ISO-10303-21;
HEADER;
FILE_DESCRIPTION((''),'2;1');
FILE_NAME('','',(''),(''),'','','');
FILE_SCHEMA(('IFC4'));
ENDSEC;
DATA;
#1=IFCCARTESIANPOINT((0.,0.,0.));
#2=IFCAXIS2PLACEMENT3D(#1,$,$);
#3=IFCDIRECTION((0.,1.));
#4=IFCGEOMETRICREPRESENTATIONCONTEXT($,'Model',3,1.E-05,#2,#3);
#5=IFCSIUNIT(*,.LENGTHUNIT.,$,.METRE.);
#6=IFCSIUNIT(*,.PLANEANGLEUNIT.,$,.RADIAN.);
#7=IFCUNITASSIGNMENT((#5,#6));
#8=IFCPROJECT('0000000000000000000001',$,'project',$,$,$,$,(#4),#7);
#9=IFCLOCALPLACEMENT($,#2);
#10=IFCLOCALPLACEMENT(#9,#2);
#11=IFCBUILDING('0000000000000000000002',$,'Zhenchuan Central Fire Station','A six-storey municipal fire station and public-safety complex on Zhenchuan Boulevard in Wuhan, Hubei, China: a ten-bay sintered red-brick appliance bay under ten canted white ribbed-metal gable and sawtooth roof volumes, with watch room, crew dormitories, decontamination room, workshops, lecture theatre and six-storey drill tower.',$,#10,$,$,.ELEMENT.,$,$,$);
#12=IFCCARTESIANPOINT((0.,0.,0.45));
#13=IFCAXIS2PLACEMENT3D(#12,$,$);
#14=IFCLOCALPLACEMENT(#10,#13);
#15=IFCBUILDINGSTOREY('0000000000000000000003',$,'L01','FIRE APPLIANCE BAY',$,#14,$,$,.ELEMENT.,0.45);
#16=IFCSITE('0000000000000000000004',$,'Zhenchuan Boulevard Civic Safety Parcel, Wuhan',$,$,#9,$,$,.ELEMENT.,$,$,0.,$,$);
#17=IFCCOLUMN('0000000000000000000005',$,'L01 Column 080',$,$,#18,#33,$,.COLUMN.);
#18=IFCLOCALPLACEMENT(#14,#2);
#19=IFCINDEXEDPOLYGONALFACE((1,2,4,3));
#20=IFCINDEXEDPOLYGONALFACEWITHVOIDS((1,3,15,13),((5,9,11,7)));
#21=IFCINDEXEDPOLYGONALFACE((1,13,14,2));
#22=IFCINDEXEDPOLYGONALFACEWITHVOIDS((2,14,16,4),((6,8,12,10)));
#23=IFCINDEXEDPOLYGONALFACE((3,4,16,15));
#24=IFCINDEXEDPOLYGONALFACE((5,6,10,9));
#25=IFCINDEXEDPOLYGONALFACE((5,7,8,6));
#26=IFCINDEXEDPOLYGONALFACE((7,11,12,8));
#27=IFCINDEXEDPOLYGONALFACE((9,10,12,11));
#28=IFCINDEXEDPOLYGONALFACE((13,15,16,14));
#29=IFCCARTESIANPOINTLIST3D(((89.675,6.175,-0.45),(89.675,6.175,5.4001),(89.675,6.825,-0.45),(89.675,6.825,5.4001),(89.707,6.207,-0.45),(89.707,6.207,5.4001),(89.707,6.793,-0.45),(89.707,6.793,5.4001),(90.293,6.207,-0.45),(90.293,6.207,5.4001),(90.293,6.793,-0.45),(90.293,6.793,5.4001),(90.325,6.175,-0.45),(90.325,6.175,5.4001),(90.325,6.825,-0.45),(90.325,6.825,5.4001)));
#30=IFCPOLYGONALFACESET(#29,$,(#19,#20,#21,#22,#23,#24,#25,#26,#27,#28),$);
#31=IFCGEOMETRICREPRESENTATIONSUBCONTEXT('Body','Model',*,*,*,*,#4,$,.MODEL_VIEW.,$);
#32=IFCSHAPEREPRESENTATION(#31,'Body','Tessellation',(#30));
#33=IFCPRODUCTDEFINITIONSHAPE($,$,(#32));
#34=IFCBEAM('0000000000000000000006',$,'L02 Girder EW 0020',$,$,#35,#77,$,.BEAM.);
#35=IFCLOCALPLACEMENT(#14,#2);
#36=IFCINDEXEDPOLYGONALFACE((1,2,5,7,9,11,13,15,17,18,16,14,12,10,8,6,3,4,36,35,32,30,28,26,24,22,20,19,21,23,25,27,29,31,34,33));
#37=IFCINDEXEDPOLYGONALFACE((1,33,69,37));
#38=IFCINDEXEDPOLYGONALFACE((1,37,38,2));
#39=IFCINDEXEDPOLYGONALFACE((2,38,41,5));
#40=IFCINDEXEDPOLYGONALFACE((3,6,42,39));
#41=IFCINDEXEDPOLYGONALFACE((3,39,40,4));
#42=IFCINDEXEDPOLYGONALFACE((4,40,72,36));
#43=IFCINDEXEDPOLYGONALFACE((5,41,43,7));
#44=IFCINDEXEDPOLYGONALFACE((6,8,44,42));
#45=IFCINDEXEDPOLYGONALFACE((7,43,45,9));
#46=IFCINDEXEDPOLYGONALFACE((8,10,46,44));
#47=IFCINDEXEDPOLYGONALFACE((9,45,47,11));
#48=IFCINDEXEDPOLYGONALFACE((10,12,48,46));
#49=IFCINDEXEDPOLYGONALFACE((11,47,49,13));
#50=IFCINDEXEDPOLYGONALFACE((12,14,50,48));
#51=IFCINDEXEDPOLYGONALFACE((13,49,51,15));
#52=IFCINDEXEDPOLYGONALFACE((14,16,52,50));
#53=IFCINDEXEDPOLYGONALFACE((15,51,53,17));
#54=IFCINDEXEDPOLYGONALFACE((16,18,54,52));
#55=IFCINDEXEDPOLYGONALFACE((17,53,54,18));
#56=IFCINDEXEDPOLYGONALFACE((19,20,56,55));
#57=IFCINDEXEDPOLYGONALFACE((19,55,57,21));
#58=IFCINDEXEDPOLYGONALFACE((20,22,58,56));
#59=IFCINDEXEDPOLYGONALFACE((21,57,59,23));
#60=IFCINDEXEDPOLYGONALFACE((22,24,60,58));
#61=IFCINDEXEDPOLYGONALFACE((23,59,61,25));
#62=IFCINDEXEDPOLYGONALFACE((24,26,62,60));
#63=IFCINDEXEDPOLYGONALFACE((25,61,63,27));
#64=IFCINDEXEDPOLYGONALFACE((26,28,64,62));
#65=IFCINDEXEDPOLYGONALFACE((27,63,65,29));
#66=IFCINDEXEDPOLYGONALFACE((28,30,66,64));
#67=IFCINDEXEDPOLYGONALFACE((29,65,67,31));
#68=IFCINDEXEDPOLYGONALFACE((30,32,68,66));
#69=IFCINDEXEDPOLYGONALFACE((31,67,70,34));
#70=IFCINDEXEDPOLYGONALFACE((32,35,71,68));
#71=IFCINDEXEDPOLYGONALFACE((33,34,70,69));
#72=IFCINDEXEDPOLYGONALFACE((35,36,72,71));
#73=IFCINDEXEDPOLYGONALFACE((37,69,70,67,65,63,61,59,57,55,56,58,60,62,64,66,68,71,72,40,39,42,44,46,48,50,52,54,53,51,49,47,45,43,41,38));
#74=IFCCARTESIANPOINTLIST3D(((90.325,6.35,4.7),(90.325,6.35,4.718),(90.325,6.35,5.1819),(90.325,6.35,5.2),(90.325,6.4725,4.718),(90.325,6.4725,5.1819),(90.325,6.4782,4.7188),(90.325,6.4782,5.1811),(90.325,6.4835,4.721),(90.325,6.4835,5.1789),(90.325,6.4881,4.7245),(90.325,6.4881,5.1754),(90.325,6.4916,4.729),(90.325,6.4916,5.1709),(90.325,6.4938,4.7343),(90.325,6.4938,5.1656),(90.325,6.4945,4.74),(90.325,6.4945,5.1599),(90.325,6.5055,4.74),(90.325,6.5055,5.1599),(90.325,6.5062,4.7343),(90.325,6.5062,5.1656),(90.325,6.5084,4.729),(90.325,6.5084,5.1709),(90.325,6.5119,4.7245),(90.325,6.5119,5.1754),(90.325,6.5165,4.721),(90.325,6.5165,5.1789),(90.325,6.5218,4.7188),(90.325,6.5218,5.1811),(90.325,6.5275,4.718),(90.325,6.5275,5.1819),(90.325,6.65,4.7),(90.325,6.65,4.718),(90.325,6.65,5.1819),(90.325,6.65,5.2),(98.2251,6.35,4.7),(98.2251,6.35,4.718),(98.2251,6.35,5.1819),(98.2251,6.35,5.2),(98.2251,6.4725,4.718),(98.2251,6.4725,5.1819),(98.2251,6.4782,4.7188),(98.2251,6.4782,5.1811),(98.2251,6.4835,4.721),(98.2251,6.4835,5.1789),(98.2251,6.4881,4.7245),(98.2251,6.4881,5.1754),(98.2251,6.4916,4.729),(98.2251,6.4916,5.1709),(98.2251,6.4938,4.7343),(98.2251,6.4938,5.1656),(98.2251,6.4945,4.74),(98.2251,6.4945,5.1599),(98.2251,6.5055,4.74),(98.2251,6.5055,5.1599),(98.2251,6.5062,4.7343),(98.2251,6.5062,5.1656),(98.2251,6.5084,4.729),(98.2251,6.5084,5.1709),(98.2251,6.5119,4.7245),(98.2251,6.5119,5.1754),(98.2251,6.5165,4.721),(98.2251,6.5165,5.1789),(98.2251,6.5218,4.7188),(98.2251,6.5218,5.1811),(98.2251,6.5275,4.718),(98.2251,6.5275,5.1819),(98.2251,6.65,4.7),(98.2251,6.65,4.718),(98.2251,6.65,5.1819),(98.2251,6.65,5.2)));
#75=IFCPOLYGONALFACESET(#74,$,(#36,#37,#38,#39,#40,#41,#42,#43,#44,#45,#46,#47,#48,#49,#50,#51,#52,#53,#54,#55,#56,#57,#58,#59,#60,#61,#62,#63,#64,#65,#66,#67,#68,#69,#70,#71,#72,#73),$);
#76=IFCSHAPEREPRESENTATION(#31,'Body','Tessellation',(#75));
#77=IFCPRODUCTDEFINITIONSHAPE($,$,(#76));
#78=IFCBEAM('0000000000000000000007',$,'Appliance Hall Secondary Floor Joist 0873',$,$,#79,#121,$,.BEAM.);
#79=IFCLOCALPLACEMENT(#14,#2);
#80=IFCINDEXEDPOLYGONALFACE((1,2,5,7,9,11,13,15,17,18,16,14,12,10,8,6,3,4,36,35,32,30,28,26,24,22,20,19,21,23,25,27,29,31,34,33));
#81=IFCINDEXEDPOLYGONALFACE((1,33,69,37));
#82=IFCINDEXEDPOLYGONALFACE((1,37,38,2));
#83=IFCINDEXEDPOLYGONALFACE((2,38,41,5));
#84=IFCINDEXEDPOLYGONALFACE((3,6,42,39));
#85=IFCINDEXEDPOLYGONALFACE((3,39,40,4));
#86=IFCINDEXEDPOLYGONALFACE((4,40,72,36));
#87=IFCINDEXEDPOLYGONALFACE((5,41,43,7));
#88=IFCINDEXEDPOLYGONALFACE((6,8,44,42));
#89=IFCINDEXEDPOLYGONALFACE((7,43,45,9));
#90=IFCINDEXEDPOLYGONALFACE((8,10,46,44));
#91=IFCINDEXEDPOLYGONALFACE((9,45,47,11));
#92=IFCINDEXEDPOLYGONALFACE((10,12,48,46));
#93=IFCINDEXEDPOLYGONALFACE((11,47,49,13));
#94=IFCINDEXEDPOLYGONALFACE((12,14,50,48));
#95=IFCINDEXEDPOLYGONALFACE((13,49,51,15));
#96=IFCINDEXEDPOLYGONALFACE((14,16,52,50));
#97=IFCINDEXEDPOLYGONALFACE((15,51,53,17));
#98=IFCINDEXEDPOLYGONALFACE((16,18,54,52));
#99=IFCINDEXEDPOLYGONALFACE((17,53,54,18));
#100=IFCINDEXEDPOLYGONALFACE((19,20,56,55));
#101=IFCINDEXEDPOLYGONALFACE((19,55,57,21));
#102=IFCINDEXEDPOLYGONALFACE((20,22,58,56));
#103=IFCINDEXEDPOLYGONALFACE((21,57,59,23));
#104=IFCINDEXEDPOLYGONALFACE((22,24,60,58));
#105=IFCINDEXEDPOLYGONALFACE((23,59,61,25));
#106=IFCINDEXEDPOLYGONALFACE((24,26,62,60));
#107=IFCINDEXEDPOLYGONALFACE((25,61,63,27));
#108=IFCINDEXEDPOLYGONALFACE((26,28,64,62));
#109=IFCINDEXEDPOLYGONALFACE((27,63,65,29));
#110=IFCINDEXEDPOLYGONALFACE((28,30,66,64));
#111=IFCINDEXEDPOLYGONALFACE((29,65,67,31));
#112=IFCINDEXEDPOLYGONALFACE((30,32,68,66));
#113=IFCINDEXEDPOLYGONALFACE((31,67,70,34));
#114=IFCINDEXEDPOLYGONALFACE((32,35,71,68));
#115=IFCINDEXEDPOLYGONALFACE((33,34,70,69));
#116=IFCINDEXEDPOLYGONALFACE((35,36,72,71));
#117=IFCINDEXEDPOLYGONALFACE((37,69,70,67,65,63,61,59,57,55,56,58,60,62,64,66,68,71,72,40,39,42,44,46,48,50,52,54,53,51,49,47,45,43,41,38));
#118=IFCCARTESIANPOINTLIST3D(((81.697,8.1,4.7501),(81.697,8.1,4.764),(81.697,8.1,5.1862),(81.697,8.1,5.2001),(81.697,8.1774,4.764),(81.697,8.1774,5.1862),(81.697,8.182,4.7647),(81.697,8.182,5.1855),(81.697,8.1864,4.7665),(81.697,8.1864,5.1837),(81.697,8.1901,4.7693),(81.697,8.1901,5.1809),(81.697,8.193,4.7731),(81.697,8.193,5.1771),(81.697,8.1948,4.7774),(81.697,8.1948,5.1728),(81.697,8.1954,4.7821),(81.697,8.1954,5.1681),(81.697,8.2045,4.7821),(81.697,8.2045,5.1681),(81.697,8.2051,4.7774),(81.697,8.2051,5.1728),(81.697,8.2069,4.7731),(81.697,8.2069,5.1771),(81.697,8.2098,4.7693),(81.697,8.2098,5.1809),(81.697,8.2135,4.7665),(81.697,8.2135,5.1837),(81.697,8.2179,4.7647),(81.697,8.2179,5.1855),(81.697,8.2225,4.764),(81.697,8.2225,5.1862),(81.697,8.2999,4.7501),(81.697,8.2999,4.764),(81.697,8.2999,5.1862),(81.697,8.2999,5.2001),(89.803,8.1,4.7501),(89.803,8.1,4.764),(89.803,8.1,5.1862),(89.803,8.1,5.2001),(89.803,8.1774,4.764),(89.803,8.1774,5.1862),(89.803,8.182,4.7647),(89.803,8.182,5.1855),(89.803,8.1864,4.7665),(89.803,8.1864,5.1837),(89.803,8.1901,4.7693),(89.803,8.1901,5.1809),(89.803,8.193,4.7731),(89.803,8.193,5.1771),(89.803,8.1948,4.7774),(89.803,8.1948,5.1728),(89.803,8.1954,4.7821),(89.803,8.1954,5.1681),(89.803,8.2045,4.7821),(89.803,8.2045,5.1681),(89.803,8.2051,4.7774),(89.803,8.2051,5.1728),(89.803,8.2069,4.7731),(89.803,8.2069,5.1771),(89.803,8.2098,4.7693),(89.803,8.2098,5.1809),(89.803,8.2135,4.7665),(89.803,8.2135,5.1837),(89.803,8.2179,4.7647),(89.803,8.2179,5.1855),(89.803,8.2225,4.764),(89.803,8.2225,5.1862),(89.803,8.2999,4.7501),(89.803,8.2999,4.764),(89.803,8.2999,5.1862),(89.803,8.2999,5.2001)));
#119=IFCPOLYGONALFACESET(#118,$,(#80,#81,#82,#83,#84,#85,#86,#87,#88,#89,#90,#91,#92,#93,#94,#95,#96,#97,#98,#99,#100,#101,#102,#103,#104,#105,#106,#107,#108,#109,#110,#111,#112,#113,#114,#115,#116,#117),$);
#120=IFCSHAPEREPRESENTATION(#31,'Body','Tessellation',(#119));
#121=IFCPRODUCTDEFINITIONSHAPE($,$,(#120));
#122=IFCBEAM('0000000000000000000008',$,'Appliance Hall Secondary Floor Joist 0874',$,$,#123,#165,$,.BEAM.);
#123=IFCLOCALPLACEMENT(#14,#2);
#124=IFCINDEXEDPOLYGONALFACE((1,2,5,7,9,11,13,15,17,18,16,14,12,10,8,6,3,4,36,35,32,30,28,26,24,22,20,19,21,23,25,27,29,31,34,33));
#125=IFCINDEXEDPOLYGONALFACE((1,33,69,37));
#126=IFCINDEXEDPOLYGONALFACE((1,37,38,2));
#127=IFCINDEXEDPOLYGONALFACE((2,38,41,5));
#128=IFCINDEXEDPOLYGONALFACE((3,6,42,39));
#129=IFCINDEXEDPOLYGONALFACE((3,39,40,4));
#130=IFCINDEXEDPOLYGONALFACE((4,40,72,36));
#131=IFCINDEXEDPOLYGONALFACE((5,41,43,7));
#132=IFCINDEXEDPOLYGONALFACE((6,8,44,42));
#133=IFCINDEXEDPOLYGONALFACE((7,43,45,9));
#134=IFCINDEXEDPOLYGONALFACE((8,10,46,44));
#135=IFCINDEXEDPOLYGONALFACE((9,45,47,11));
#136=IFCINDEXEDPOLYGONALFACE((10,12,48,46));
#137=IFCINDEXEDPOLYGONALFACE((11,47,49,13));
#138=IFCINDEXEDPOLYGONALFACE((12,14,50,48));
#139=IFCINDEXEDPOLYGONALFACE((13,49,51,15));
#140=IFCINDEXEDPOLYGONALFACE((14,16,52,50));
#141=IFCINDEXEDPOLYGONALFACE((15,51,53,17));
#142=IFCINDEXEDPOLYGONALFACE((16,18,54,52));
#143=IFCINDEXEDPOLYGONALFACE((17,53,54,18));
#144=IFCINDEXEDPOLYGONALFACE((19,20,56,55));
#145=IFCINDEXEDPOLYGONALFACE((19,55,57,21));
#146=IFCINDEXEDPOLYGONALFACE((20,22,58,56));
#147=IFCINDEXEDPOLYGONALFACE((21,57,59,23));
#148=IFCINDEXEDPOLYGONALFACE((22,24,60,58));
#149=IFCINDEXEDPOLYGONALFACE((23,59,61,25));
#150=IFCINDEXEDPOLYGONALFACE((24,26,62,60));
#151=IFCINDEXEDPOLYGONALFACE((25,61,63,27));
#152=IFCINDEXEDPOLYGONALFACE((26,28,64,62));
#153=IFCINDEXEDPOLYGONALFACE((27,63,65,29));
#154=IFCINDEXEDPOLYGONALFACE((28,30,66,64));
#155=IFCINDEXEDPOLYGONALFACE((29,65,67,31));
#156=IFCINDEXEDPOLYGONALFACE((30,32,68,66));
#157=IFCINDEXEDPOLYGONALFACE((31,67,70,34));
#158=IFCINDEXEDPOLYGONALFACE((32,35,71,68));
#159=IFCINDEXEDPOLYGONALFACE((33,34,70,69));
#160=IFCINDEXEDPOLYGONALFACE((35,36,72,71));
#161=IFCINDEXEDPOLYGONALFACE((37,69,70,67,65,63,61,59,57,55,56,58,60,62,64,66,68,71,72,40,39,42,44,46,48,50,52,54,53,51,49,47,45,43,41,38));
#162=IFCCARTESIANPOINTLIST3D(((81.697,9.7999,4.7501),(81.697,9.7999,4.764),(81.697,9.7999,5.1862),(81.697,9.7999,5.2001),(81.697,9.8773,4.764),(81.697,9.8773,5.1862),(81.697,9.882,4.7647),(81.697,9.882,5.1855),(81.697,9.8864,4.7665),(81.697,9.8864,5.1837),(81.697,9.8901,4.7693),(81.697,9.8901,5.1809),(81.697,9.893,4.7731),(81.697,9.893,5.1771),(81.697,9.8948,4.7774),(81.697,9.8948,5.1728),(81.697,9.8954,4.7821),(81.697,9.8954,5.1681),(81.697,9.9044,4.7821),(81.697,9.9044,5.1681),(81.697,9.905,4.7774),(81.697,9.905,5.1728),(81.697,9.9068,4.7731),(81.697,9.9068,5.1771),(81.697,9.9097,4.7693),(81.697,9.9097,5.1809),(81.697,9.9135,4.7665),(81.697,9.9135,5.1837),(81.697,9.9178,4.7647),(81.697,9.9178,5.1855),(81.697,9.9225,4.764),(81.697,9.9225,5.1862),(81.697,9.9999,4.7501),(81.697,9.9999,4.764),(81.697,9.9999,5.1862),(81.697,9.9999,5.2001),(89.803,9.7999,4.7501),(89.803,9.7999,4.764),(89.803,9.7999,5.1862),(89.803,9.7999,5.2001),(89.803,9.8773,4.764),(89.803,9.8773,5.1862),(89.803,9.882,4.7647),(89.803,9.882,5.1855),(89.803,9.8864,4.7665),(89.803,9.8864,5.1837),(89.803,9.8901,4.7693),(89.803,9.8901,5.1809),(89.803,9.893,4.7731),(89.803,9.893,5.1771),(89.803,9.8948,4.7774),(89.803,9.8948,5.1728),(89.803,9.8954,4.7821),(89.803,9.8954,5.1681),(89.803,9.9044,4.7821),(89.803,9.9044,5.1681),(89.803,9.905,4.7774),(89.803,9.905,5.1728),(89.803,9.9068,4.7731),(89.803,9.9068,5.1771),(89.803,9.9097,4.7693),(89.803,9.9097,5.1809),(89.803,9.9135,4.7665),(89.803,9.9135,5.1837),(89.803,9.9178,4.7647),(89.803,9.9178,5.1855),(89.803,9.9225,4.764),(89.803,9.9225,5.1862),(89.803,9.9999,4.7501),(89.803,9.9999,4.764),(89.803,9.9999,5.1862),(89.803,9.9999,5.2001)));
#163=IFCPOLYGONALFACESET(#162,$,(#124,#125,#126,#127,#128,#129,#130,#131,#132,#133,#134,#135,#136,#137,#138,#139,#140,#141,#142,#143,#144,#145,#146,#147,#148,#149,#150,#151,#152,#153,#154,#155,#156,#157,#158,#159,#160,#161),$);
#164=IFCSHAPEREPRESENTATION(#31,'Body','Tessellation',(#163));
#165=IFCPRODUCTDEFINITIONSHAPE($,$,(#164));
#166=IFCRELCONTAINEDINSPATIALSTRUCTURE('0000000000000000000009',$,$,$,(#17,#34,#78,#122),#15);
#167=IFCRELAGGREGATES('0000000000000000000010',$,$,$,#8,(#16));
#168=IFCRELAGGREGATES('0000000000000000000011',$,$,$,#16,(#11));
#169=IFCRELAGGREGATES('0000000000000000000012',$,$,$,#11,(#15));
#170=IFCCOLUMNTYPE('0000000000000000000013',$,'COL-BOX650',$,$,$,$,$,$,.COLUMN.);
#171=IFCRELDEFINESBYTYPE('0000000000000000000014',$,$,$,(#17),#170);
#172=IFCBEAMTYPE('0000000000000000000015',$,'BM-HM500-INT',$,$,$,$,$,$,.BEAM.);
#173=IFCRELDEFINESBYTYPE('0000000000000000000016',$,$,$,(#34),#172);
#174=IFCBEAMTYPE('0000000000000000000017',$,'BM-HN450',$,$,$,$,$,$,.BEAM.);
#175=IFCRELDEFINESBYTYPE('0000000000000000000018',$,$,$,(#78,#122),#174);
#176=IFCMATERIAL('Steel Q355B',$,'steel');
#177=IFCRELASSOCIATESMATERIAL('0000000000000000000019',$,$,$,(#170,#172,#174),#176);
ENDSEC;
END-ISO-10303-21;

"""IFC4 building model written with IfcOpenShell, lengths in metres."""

from ifc_helpers import new_model, si_unit, direction, frame, origin, origin_2d, place, context, subcontext, project, spatial, hollow_rectangle, i_section, extrude, material, material_profile, profile_set, type_object, element, save


model = new_model("IFC4")

# Units and contexts
model_context = context("Model", 3, precision=1e-05, world=origin(), true_north=direction((0.0, 1.0)))
body_context = subcontext(model_context, "Body", "Model", "MODEL_VIEW")
ifc_project = project(units=[si_unit("LENGTHUNIT", "METRE"), si_unit("PLANEANGLEUNIT", "RADIAN")], contexts=[model_context])

# Site, building, storey
site_placement = place(None, origin())
site = spatial("IfcSite", under=ifc_project, at=site_placement, Name="Zhenchuan Boulevard Civic Safety Parcel, Wuhan", CompositionType="ELEMENT", RefElevation=0.0)
building_placement = place(site_placement, origin())
building = spatial("IfcBuilding", under=site, at=building_placement, Name="Zhenchuan Central Fire Station", Description="A six-storey municipal fire station and public-safety complex on Zhenchuan Boulevard in Wuhan, Hubei, China: a ten-bay sintered red-brick appliance bay under ten canted white ribbed-metal gable and sawtooth roof volumes, with watch room, crew dormitories, decontamination room, workshops, lecture theatre and six-storey drill tower.", CompositionType="ELEMENT")
storey_placement = place(building_placement, frame((0.0, 0.0, 0.45)))
storey = spatial("IfcBuildingStorey", under=building, at=storey_placement, Name="L01", Description="FIRE APPLIANCE BAY", CompositionType="ELEMENT", Elevation=0.45)

# Column
ifc_material_1 = material(Name="Steel Q355B", Category="steel")
ifc_material_profile_1 = material_profile(ifc_material_1, hollow_rectangle(XDim=0.6499, YDim=0.6499, WallThickness=0.032, at=origin_2d()), Name="BOX 650x650x32")
ifc_profile_set_1 = profile_set([ifc_material_profile_1], Name="Steel Q355B")
column_type = type_object("IfcColumnType", Name="COL-BOX650", PredefinedType="COLUMN", material=ifc_profile_set_1)
column_placement = place(storey_placement, frame((90.0, 6.5, -0.45), z_axis=(0.0, 0.0, 1.0), x_axis=(1.0, 0.0, 0.0)))
element("IfcColumn", 1, at=column_placement, inside=storey, type_object=column_type, Name="L01 Column 080", PredefinedType="COLUMN", context=body_context, shape_type="SweptSolid", body=[
    extrude(hollow_rectangle(XDim=0.6499, YDim=0.6499, WallThickness=0.032, at=origin_2d()), origin(), (0.0, 0.0, 1.0), 5.8501),
])

# Beams
ifc_material_profile_2 = material_profile(ifc_material_1, i_section(OverallWidth=0.3, OverallDepth=0.5, WebThickness=0.011, FlangeThickness=0.0181, FilletRadius=0.022, at=origin_2d()), Name="HM 500x300")
ifc_profile_set_2 = profile_set([ifc_material_profile_2], Name="Steel Q355B")
beam_type_1 = type_object("IfcBeamType", Name="BM-HM500-INT", PredefinedType="BEAM", material=ifc_profile_set_2)
beam_1_placement = place(storey_placement, frame((90.325, 6.5, 4.95), z_axis=(1.0, 0.0, 0.0), x_axis=(0.0, 1.0, 0.0)))
element("IfcBeam", 2, at=beam_1_placement, inside=storey, type_object=beam_type_1, Name="L02 Girder EW 0020", PredefinedType="BEAM", context=body_context, shape_type="SweptSolid", body=[
    extrude(i_section(OverallWidth=0.3, OverallDepth=0.5, WebThickness=0.011, FlangeThickness=0.0181, FilletRadius=0.022, at=origin_2d()), origin(), (0.0, 0.0, 1.0), 7.9001),
])
ifc_material_profile_3 = material_profile(ifc_material_1, i_section(OverallWidth=0.2, OverallDepth=0.45, WebThickness=0.009, FlangeThickness=0.0139, FilletRadius=0.0181, at=origin_2d()), Name="HN 450x200")
ifc_profile_set_3 = profile_set([ifc_material_profile_3], Name="Steel Q355B")
beam_type_2 = type_object("IfcBeamType", Name="BM-HN450", PredefinedType="BEAM", material=ifc_profile_set_3)
for number, where, z_axis, x_axis, name in (
    (3, (81.697, 8.2, 4.9751), (1.0, 0.0, 0.0), (0.0, 1.0, 0.0), "Appliance Hall Secondary Floor Joist 0873"),
    (4, (81.697, 9.8999, 4.9751), (1.0, 0.0, 0.0), (0.0, 1.0, 0.0), "Appliance Hall Secondary Floor Joist 0874"),
):
    element("IfcBeam", number, at=place(storey_placement, frame(where, z_axis=z_axis, x_axis=x_axis)), inside=storey, type_object=beam_type_2, Name=name, PredefinedType="BEAM", context=body_context, shape_type="SweptSolid", body=[
        extrude(i_section(OverallWidth=0.2, OverallDepth=0.45, WebThickness=0.009, FlangeThickness=0.0139, FilletRadius=0.0181, at=origin_2d()), origin(), (0.0, 0.0, 1.0), 8.106),
    ])

save(model, "model.ifc")
